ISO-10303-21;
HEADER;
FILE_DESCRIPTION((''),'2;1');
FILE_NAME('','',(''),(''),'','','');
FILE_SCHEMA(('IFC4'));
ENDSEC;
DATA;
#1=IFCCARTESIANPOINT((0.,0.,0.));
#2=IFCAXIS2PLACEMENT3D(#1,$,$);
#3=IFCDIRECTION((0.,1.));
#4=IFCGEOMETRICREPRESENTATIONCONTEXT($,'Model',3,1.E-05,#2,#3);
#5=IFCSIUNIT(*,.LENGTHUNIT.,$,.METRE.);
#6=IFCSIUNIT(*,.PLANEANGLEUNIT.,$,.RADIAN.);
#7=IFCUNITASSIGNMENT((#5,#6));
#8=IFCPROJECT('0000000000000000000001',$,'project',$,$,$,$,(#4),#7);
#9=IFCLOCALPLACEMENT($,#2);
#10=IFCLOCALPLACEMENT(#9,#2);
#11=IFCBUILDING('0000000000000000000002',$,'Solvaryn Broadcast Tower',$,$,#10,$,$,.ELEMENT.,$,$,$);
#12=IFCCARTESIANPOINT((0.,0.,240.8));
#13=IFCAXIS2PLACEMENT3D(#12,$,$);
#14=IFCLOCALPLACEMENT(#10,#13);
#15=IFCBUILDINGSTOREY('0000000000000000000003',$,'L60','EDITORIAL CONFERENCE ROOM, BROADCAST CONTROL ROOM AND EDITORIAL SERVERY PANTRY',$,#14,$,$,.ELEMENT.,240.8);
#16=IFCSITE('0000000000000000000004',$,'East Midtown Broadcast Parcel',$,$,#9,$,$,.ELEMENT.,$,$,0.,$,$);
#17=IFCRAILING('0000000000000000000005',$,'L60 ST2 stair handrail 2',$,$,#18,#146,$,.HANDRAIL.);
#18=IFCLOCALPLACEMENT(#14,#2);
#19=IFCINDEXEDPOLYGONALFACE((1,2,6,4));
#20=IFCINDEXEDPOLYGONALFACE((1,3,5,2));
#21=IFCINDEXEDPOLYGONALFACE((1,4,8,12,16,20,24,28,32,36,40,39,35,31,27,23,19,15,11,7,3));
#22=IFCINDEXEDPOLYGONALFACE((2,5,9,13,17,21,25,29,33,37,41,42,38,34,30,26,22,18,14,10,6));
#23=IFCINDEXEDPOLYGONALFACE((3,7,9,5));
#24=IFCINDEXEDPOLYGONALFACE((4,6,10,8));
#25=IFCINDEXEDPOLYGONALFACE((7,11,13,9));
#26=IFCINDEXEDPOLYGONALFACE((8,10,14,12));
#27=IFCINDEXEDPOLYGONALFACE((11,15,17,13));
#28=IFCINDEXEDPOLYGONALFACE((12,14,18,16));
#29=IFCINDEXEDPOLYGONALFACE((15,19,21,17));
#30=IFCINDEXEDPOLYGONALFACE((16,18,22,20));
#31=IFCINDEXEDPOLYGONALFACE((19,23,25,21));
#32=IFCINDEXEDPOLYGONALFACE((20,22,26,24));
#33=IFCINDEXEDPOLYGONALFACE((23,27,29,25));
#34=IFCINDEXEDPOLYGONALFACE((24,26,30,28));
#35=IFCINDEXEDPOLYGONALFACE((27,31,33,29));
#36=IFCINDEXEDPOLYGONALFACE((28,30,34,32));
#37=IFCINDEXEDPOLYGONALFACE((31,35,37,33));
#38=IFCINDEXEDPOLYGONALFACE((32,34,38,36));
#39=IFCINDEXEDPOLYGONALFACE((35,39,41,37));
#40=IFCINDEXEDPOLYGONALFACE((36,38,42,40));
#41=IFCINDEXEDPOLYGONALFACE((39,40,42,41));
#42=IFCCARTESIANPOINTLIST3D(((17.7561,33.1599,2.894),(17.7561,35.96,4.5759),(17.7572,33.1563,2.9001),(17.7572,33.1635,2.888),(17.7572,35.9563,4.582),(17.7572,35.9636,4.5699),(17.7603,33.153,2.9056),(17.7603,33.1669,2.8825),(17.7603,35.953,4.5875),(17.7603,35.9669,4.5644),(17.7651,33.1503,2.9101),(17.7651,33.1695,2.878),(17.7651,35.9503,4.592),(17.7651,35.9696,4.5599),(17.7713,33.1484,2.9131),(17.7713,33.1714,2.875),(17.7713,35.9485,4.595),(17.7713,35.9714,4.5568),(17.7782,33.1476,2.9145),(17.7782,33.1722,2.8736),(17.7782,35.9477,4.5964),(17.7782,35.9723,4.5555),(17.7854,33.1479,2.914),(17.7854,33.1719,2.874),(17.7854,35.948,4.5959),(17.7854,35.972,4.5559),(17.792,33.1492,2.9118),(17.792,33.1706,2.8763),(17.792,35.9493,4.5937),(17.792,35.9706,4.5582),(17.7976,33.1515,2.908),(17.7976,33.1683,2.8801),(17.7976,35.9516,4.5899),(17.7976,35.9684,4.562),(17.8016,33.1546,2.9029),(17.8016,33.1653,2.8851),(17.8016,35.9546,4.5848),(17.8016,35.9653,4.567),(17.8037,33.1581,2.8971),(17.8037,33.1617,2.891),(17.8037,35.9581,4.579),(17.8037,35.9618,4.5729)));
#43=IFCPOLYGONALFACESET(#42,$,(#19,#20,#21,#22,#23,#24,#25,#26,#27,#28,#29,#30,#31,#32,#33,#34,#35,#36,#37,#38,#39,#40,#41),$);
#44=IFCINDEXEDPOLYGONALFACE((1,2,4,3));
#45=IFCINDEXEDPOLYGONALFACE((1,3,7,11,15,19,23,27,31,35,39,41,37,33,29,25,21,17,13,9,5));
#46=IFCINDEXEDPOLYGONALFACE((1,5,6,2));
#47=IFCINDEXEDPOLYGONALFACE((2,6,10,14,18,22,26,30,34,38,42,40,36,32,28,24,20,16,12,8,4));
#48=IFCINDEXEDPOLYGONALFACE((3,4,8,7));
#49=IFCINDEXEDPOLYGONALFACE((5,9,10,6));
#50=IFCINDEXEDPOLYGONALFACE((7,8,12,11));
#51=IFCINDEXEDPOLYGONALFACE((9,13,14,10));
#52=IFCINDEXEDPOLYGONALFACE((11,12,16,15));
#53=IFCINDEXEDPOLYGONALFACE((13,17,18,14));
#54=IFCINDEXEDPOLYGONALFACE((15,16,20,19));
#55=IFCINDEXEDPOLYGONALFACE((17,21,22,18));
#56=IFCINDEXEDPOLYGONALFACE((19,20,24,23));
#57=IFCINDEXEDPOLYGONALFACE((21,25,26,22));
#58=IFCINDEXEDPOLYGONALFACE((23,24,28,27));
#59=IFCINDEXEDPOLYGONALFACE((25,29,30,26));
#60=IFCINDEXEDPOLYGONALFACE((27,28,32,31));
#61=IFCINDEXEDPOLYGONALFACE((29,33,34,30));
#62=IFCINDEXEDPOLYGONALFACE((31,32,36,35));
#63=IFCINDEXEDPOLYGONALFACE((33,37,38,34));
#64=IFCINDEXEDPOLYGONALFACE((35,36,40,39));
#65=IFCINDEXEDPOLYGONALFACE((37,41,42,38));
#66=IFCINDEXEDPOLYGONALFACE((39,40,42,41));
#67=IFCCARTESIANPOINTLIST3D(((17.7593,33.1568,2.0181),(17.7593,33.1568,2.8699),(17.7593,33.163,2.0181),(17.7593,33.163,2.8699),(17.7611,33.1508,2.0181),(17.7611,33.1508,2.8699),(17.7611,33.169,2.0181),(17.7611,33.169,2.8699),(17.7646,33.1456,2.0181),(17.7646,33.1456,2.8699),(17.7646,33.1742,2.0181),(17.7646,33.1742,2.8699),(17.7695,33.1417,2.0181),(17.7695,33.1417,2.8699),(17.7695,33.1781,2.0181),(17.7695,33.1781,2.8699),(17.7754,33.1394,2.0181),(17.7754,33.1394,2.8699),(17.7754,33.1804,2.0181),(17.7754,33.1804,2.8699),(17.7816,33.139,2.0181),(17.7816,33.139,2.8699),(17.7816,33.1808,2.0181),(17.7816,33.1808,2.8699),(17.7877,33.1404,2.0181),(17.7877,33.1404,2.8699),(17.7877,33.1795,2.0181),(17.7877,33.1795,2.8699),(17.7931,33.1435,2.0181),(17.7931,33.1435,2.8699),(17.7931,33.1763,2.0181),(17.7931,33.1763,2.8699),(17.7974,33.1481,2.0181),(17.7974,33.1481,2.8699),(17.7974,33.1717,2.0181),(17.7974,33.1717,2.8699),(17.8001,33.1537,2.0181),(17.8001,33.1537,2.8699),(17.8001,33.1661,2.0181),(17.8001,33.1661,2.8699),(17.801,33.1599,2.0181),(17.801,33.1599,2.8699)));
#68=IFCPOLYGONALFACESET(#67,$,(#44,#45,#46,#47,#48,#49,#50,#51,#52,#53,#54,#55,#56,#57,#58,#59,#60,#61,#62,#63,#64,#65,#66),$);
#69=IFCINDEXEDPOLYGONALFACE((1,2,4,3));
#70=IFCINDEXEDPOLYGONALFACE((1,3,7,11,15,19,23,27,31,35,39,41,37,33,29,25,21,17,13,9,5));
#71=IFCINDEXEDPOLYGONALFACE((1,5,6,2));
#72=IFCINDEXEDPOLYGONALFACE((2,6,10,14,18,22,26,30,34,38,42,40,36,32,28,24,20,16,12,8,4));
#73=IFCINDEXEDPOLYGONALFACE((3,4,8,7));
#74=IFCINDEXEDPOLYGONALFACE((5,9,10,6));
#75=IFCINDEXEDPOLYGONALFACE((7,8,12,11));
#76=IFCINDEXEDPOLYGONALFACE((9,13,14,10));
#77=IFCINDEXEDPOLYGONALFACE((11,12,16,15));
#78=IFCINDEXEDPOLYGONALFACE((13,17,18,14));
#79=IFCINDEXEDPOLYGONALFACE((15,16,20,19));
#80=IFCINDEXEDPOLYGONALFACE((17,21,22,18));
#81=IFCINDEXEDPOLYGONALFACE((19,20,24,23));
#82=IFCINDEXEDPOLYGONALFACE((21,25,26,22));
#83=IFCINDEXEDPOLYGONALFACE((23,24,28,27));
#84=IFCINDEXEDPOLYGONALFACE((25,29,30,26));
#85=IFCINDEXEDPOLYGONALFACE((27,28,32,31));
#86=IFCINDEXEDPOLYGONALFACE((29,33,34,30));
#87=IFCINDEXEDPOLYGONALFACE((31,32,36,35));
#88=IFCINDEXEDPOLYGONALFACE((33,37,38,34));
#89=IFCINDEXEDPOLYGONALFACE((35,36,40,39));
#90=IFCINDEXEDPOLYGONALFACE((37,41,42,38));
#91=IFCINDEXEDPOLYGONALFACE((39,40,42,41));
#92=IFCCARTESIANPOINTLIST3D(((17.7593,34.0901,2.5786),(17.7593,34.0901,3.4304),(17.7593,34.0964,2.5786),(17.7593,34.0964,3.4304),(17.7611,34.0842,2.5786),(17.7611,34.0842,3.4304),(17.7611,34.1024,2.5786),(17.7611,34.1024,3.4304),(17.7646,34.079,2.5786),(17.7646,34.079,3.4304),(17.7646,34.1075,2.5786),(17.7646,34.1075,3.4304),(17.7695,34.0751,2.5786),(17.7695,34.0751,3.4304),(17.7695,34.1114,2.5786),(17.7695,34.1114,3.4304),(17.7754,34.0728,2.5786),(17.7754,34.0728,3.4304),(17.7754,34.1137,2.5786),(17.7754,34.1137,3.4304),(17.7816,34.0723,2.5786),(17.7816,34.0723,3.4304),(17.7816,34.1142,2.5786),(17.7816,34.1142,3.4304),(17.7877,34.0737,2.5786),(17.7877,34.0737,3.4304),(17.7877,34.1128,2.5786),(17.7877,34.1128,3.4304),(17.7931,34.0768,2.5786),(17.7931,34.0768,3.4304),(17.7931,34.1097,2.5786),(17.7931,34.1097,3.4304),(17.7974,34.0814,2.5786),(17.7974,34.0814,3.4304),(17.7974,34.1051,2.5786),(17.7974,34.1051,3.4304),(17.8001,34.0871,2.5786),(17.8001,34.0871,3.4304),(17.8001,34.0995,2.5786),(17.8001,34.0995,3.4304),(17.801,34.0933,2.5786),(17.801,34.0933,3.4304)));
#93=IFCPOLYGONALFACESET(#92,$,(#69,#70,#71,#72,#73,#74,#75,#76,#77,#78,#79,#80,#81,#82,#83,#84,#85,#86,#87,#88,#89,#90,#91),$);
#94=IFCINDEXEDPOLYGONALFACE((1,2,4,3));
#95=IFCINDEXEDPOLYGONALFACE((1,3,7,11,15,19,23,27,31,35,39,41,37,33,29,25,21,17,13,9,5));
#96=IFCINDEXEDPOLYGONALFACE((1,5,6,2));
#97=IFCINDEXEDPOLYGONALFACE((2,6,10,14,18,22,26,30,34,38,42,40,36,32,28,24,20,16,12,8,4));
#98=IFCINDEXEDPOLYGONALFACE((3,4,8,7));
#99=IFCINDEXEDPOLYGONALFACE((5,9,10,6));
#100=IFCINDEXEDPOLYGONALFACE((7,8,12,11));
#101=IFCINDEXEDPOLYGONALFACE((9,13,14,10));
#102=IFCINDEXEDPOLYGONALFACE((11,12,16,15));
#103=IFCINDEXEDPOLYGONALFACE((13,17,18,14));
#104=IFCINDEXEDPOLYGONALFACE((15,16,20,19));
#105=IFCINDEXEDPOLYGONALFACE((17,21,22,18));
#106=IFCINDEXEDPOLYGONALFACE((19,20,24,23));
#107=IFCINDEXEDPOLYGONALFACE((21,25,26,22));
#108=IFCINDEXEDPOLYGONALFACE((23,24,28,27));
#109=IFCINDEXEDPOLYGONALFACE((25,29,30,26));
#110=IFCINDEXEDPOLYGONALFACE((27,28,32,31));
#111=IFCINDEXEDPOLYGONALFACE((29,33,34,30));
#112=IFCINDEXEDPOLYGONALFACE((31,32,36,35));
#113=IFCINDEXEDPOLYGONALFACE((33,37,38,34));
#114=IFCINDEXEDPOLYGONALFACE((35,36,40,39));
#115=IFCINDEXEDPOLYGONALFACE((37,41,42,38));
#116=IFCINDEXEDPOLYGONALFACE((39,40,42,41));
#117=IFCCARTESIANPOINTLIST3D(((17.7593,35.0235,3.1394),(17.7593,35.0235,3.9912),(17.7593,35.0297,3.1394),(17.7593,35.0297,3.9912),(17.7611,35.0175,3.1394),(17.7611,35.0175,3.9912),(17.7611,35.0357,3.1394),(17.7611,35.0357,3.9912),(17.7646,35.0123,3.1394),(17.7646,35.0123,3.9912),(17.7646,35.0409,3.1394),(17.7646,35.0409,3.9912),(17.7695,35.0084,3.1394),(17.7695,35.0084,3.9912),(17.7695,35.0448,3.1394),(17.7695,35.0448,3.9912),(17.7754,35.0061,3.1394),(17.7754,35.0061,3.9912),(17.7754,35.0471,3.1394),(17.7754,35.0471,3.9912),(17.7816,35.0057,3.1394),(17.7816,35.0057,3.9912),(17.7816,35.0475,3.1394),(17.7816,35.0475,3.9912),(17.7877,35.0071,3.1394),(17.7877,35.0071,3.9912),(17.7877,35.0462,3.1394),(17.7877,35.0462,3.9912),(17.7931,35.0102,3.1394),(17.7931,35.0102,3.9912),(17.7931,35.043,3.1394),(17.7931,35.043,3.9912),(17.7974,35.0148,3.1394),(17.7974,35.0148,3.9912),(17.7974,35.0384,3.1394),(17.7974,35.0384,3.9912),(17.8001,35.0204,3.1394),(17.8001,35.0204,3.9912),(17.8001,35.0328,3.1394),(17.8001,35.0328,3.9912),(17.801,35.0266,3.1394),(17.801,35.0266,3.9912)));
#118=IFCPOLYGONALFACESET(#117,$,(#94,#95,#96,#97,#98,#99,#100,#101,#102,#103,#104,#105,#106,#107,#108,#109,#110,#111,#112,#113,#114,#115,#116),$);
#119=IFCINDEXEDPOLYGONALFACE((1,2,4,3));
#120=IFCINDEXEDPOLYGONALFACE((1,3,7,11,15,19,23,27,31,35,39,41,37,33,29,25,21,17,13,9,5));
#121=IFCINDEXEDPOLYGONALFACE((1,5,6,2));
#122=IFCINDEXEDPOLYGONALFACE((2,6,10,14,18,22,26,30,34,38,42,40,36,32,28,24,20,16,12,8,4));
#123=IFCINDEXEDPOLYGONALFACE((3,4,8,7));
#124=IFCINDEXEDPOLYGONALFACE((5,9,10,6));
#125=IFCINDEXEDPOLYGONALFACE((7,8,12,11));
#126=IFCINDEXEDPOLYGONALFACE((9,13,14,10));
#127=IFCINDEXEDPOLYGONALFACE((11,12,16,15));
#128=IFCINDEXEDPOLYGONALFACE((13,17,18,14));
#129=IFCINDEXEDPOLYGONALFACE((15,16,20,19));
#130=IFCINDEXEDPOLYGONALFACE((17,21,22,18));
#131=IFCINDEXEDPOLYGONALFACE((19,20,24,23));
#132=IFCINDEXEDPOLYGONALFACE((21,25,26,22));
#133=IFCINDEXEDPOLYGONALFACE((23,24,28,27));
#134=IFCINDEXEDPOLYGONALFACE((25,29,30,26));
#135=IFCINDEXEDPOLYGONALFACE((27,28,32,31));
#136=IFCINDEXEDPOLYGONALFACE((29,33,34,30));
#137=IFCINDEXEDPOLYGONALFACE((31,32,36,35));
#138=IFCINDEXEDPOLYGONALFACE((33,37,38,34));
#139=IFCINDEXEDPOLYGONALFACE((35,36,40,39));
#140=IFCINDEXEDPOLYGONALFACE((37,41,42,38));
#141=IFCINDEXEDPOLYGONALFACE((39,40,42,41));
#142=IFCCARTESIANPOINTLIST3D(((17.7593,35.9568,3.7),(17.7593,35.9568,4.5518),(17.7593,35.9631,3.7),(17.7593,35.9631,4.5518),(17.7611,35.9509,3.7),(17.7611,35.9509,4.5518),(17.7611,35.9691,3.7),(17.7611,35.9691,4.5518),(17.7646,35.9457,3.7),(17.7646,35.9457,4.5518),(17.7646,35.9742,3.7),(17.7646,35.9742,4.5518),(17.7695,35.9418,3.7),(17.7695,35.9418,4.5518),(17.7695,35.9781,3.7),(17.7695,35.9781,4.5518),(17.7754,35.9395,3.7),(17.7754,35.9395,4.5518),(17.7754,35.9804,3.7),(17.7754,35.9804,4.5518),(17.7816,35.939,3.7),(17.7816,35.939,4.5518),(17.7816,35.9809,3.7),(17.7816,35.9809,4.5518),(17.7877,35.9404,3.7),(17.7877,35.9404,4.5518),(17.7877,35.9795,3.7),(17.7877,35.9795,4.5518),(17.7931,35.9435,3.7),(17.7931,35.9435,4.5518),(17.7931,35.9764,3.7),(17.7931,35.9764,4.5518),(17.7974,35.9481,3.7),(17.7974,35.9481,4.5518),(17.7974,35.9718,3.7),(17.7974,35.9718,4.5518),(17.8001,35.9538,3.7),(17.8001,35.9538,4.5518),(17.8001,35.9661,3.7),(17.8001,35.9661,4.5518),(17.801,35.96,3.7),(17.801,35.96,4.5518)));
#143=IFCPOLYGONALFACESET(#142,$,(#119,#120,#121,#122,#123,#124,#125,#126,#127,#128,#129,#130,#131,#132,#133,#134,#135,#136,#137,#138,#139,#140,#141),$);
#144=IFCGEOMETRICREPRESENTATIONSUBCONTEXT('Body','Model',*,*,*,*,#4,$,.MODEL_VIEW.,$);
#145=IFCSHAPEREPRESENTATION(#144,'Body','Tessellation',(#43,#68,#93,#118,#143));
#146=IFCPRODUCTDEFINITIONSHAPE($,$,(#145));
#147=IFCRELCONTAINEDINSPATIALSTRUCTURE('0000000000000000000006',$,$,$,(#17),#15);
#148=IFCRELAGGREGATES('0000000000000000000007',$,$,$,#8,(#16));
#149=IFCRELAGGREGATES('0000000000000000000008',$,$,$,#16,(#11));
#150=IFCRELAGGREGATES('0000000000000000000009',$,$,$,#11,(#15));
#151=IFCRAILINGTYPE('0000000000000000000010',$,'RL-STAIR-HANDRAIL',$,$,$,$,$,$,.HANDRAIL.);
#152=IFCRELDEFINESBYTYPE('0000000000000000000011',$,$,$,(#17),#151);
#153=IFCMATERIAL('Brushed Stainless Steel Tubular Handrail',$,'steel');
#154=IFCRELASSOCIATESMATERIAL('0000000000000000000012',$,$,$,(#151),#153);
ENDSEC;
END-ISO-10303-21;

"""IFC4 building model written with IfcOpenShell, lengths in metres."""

from ifc_helpers import new_model, si_unit, direction, frame, origin, origin_2d, place, context, subcontext, project, spatial, circle, extrude, material, type_object, element, save


model = new_model("IFC4")

# Units and contexts
model_context = context("Model", 3, precision=1e-05, world=origin(), true_north=direction((0.0, 1.0)))
body_context = subcontext(model_context, "Body", "Model", "MODEL_VIEW")
ifc_project = project(units=[si_unit("LENGTHUNIT", "METRE"), si_unit("PLANEANGLEUNIT", "RADIAN")], contexts=[model_context])

# Site, building, storey
site_placement = place(None, origin())
site = spatial("IfcSite", under=ifc_project, at=site_placement, Name="East Midtown Broadcast Parcel", CompositionType="ELEMENT", RefElevation=0.0)
building_placement = place(site_placement, origin())
building = spatial("IfcBuilding", under=site, at=building_placement, Name="Solvaryn Broadcast Tower", CompositionType="ELEMENT")
storey_placement = place(building_placement, frame((0.0, 0.0, 240.8)))
storey = spatial("IfcBuildingStorey", under=building, at=storey_placement, Name="L60", Description="EDITORIAL CONFERENCE ROOM, BROADCAST CONTROL ROOM AND EDITORIAL SERVERY PANTRY", CompositionType="ELEMENT", Elevation=240.8)

# Railing
ifc_material_1 = material(Name="Brushed Stainless Steel Tubular Handrail", Category="steel")
railing_type_1 = type_object("IfcRailingType", Name="RL-STAIR-HANDRAIL", PredefinedType="HANDRAIL", material=ifc_material_1)
railing_1_placement = place(storey_placement, frame((17.78, 33.1599, 2.0181)))
element("IfcRailing", 1, at=railing_1_placement, inside=storey, type_object=railing_type_1, Name="L60 ST2 stair handrail 2", PredefinedType="HANDRAIL", context=body_context, shape_type="SweptSolid", body=[
    extrude(circle(Radius=0.0239, at=origin_2d()), frame((0.0, 0.0, 0.876), z_axis=(0.0, 0.857242, 0.514913), x_axis=(-1.0, 0.0, 0.0)), (0.0, 0.0, 1.0), 3.2664),
    extrude(circle(Radius=0.021, at=origin_2d()), origin(), (0.0, 0.0, 1.0), 0.8518),
    extrude(circle(Radius=0.021, at=origin_2d()), frame((0.0, 0.9333, 0.5605)), (0.0, 0.0, 1.0), 0.8518),
    extrude(circle(Radius=0.021, at=origin_2d()), frame((0.0, 1.8667, 1.1213)), (0.0, 0.0, 1.0), 0.8518),
    extrude(circle(Radius=0.021, at=origin_2d()), frame((0.0, 2.8, 1.6819)), (0.0, 0.0, 1.0), 0.8518),
])

save(model, "model.ifc")
